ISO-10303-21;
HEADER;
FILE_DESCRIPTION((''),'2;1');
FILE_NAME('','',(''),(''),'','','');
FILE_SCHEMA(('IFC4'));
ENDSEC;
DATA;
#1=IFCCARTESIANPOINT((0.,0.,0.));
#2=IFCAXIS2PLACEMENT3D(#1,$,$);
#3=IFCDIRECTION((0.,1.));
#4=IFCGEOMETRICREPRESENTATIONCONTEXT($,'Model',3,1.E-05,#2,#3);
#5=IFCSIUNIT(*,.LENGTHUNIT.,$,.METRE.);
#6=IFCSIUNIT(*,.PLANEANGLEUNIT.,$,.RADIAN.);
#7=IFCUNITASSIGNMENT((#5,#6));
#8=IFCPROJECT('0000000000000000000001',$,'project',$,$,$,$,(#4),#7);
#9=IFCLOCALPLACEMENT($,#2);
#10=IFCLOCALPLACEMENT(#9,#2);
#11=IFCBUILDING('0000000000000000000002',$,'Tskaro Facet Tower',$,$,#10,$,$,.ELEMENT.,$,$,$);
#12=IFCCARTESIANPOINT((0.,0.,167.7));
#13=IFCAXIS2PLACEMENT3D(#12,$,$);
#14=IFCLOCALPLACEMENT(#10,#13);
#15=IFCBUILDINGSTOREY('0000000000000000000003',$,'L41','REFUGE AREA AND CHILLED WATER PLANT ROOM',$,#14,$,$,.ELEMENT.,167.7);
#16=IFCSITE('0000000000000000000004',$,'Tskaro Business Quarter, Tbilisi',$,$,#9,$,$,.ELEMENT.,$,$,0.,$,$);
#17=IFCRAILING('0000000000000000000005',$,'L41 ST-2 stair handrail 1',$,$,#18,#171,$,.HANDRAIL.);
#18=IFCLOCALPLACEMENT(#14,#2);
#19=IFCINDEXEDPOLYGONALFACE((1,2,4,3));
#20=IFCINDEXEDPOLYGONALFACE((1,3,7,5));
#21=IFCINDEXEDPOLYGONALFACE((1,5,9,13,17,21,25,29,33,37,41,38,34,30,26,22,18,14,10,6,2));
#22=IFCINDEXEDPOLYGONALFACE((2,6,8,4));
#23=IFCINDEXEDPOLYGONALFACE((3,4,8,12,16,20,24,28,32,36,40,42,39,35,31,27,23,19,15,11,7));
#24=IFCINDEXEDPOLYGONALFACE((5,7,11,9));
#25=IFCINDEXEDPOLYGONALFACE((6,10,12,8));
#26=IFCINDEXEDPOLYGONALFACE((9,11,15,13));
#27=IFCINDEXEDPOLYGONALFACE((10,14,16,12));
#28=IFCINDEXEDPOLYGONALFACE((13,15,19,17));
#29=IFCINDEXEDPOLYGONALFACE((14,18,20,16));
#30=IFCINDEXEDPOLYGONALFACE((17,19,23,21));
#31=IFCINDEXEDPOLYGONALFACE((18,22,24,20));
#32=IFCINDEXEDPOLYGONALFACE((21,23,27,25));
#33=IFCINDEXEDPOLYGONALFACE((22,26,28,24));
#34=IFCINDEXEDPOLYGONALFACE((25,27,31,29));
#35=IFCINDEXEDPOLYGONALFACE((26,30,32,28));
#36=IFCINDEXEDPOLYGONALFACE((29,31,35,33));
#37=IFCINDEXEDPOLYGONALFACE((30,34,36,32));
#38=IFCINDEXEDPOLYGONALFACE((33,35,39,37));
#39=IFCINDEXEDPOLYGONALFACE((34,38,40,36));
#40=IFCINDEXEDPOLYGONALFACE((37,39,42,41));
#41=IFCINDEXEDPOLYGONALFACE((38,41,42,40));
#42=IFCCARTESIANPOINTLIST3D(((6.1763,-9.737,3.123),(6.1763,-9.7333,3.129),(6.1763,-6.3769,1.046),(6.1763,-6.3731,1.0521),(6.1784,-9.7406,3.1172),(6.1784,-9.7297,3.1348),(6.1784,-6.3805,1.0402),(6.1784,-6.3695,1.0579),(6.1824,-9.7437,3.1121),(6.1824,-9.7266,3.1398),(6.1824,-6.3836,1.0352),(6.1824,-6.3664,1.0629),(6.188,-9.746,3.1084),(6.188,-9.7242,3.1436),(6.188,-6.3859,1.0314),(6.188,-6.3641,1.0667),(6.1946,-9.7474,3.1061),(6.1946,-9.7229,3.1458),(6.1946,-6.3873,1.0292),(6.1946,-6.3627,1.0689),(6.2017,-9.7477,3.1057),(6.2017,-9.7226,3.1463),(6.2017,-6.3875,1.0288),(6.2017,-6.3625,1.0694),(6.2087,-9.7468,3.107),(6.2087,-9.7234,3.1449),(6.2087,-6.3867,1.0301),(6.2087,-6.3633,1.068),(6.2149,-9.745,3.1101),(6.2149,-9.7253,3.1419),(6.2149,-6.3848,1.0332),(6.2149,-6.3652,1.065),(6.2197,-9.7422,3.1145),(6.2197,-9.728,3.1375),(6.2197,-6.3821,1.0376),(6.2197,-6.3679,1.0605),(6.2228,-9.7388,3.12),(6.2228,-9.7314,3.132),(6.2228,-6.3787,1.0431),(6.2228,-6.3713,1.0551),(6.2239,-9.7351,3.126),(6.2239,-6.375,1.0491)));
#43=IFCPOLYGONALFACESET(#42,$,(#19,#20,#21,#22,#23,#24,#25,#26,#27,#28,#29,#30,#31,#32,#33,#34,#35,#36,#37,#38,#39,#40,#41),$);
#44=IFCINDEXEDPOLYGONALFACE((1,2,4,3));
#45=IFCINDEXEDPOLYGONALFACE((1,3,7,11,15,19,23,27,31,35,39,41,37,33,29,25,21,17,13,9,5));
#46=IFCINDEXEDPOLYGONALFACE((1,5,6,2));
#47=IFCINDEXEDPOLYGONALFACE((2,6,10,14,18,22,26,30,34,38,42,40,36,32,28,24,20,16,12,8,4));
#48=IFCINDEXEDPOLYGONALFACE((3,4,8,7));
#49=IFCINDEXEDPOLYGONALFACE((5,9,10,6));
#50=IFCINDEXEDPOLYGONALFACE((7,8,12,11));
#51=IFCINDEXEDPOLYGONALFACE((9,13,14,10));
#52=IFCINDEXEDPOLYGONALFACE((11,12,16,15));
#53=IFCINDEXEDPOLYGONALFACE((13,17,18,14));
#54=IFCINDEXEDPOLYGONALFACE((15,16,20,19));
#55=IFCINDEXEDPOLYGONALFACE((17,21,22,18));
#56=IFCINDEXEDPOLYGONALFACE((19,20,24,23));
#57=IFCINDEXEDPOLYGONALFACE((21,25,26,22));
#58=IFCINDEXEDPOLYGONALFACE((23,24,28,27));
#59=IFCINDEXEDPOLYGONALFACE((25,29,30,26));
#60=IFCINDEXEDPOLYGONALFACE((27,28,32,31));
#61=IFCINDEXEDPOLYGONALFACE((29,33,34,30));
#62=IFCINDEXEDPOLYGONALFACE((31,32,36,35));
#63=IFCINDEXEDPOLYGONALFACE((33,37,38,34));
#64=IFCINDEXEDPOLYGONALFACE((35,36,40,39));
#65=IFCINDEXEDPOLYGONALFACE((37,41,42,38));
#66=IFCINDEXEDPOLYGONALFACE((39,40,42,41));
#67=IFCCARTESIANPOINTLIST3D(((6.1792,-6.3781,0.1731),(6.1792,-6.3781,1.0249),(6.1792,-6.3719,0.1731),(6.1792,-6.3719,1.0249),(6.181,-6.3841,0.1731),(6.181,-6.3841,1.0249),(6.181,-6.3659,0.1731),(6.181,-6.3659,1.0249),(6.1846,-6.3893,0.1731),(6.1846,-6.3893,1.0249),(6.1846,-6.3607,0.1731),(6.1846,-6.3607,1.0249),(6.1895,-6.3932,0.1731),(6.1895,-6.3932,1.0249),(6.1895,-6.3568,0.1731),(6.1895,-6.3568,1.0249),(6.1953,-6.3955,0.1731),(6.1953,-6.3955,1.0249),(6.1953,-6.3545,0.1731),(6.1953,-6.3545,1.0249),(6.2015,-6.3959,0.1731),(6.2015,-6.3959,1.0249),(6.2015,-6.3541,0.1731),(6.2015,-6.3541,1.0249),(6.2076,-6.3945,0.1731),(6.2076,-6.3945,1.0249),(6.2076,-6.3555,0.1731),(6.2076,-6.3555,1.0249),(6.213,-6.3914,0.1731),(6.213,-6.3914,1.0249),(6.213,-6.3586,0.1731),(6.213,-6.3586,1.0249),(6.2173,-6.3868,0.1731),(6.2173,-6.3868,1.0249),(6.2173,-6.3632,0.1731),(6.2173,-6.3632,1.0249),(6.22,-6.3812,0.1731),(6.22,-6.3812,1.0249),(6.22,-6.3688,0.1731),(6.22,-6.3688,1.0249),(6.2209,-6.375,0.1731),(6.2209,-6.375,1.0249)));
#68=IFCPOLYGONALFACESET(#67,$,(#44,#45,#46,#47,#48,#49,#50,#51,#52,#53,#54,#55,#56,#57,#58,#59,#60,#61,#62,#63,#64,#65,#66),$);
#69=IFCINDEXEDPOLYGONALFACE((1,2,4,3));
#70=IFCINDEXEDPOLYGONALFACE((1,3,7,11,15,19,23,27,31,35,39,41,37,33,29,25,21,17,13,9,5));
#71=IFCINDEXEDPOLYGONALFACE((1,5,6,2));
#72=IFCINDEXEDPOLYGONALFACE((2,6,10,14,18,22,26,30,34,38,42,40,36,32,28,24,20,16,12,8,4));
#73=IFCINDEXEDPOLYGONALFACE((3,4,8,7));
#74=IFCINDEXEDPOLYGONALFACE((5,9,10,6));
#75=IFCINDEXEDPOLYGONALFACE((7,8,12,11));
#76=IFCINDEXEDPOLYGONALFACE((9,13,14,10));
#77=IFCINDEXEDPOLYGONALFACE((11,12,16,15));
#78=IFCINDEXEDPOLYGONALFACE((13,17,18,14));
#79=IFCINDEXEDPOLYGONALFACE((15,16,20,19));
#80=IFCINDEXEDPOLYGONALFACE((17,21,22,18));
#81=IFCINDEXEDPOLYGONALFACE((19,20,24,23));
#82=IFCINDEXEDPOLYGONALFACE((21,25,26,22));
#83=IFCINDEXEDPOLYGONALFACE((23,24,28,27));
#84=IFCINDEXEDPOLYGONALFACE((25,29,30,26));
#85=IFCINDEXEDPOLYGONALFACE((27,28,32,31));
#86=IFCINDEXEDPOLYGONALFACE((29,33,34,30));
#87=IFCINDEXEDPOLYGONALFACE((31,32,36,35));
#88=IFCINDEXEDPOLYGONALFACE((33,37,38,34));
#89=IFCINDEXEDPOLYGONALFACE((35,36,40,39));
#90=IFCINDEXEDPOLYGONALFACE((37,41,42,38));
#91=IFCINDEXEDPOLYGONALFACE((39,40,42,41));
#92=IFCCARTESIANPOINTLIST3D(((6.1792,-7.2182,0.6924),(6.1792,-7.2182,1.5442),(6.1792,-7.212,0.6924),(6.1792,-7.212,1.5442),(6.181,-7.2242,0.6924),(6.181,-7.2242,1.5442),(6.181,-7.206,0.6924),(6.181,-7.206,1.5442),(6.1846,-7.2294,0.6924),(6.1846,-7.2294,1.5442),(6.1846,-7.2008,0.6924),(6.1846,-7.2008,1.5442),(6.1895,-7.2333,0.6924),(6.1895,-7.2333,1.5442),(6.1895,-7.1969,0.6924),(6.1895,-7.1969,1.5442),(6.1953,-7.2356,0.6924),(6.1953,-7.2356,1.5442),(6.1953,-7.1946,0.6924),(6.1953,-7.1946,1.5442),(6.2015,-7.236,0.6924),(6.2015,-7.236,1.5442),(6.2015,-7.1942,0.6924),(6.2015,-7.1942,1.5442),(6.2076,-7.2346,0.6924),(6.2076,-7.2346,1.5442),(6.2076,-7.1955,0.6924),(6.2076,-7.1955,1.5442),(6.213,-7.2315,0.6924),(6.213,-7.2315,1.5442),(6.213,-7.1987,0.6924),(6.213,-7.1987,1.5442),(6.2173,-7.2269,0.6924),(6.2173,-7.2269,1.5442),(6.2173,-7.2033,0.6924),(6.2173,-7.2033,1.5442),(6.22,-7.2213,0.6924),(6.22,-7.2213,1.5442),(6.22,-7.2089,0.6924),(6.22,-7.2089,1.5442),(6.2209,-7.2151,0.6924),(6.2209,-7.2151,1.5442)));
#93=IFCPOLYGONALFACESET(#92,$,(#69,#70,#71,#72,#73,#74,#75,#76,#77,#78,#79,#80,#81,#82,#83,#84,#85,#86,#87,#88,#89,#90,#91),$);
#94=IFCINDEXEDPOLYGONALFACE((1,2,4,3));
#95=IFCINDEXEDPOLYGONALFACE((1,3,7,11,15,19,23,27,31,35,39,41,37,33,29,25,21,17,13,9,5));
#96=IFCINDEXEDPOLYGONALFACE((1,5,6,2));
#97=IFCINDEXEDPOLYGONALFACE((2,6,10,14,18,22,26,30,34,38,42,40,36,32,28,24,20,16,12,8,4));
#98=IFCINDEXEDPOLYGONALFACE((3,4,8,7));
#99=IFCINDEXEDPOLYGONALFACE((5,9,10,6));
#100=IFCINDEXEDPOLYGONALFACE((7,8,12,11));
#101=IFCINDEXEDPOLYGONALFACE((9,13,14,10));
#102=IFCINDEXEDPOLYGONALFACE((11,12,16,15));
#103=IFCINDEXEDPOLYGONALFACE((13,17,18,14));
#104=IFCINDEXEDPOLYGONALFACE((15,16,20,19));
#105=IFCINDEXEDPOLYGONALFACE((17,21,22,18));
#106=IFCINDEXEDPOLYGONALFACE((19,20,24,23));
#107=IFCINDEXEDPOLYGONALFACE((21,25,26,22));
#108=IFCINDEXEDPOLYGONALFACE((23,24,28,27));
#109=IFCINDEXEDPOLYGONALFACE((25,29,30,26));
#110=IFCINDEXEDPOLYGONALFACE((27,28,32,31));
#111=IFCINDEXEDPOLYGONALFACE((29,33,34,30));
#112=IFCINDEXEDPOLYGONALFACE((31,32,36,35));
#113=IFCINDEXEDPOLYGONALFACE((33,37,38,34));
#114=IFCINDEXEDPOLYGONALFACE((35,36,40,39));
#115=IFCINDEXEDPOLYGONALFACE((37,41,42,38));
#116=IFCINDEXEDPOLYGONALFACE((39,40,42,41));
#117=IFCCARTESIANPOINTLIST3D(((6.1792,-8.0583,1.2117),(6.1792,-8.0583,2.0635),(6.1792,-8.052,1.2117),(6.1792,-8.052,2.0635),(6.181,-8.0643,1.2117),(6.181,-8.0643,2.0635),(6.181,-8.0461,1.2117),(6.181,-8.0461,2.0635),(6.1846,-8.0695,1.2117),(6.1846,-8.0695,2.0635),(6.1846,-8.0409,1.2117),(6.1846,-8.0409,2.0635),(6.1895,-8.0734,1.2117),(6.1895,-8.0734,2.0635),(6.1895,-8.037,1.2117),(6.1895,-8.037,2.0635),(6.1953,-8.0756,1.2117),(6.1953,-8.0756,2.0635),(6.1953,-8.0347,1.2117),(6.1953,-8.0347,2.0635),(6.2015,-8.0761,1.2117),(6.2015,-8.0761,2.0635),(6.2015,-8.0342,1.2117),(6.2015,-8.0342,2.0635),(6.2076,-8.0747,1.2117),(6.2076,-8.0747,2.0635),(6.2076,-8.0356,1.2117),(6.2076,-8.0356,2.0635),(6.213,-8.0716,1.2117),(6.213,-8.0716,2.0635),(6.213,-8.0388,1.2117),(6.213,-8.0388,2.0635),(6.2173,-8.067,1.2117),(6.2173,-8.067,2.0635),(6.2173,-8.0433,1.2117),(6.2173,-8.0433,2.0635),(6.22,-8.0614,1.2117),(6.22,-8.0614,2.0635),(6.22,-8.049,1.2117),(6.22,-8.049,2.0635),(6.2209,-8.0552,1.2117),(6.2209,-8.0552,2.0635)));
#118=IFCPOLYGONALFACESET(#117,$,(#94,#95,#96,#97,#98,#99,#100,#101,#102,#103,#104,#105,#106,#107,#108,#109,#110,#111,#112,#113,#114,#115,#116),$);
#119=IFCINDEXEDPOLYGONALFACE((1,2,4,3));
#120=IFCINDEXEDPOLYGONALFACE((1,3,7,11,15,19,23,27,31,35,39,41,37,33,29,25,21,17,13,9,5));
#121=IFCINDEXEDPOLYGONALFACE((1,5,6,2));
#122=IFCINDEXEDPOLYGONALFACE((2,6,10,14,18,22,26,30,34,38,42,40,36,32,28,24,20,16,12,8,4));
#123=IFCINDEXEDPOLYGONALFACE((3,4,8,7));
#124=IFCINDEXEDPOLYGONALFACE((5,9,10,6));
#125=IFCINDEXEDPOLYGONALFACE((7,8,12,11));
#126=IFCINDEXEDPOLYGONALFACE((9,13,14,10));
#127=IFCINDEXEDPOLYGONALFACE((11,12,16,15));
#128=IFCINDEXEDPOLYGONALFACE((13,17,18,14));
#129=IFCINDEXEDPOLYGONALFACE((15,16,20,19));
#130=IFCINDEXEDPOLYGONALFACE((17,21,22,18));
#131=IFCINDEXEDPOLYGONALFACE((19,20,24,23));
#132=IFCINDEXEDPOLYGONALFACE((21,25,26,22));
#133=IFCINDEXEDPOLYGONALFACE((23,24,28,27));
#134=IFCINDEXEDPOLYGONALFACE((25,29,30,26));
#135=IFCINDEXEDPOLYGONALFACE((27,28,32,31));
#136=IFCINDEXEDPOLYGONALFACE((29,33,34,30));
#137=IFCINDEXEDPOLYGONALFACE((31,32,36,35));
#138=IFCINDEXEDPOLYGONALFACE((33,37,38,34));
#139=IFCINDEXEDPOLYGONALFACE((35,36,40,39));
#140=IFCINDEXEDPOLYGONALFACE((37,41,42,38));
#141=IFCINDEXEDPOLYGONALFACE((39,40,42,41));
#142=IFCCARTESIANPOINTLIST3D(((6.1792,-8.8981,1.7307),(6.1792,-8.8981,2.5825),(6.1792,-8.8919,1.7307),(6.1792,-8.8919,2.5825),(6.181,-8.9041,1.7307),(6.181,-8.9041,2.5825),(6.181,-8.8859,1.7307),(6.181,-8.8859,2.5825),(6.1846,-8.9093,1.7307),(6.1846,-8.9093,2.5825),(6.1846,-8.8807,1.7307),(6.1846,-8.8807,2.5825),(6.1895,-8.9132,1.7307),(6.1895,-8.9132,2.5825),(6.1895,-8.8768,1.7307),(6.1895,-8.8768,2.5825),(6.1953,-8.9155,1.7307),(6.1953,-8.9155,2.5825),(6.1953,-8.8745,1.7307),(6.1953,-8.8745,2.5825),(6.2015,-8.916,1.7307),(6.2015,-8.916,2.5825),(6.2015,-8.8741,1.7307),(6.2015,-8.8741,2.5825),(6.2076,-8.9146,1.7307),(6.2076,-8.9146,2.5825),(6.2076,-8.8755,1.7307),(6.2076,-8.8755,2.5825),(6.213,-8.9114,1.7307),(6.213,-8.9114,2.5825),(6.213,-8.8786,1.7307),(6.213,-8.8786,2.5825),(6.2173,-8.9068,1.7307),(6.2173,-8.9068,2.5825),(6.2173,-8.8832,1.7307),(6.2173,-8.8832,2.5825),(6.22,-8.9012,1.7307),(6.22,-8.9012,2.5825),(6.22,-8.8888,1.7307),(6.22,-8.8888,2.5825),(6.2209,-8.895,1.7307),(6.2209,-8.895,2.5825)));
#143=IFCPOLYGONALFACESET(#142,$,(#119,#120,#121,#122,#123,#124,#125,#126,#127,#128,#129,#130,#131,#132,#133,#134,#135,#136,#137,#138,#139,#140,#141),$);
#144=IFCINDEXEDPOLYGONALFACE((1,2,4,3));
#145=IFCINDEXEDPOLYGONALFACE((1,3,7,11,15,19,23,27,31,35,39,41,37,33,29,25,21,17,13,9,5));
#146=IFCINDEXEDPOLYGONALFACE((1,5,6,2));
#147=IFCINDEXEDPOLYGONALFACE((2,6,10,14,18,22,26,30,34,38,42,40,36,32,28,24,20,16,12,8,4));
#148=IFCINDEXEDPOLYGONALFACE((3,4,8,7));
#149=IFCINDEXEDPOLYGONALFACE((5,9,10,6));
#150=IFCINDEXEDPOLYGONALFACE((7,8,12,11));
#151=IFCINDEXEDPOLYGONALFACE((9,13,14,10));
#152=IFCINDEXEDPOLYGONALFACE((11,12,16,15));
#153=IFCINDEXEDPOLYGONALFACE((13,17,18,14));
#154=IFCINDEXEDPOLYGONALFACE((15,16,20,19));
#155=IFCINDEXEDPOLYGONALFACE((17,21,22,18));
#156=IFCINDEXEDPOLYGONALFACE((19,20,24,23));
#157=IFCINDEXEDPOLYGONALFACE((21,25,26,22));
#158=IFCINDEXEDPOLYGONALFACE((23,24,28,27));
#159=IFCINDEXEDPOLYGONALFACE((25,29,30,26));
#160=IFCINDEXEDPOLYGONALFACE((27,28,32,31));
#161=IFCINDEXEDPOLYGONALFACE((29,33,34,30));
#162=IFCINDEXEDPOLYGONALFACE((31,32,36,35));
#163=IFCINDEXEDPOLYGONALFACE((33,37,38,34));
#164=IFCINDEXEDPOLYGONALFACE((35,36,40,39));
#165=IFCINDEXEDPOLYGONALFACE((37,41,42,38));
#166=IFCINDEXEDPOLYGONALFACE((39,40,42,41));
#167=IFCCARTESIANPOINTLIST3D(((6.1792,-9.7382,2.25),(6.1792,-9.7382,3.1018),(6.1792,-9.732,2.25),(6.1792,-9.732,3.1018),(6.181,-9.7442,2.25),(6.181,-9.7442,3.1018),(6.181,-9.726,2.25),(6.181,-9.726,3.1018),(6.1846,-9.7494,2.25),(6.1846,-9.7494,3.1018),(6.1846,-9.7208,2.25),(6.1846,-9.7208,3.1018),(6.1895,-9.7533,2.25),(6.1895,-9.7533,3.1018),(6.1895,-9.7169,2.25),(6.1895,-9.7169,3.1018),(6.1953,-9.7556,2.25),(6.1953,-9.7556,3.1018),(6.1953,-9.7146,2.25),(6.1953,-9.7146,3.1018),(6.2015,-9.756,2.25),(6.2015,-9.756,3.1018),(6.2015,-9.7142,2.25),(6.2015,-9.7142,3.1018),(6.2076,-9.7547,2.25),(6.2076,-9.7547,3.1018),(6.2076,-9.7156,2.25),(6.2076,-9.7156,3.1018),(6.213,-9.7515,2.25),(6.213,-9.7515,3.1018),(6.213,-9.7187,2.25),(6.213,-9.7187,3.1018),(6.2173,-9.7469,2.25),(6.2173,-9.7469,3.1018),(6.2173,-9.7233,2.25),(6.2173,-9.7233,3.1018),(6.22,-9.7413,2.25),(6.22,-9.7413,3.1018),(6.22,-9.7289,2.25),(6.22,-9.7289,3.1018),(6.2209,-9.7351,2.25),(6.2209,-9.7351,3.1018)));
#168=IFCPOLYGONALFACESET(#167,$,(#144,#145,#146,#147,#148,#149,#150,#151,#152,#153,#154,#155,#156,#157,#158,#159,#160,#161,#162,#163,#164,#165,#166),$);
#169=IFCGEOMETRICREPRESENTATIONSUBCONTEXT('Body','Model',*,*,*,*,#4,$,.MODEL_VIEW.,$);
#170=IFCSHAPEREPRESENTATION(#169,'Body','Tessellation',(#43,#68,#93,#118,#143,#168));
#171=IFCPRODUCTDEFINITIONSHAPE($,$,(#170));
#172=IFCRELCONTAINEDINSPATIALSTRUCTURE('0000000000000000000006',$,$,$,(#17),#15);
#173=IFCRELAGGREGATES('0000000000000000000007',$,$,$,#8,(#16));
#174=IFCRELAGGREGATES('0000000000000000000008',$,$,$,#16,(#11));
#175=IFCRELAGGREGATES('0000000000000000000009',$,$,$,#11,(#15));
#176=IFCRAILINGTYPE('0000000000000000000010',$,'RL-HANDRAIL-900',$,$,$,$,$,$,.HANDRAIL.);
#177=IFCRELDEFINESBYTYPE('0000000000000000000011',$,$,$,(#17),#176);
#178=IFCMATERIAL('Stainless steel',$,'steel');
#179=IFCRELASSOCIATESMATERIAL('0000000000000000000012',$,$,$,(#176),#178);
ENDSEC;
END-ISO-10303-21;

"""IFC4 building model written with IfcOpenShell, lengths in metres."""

from ifc_helpers import new_model, si_unit, direction, frame, origin, origin_2d, place, context, subcontext, project, spatial, circle, extrude, material, type_object, element, save


model = new_model("IFC4")

# Units and contexts
model_context = context("Model", 3, precision=1e-05, world=origin(), true_north=direction((0.0, 1.0)))
body_context = subcontext(model_context, "Body", "Model", "MODEL_VIEW")
ifc_project = project(units=[si_unit("LENGTHUNIT", "METRE"), si_unit("PLANEANGLEUNIT", "RADIAN")], contexts=[model_context])

# Site, building, storey
site_placement = place(None, origin())
site = spatial("IfcSite", under=ifc_project, at=site_placement, Name="Tskaro Business Quarter, Tbilisi", CompositionType="ELEMENT", RefElevation=0.0)
building_placement = place(site_placement, origin())
building = spatial("IfcBuilding", under=site, at=building_placement, Name="Tskaro Facet Tower", CompositionType="ELEMENT")
storey_placement = place(building_placement, frame((0.0, 0.0, 167.7)))
storey = spatial("IfcBuildingStorey", under=building, at=storey_placement, Name="L41", Description="REFUGE AREA AND CHILLED WATER PLANT ROOM", CompositionType="ELEMENT", Elevation=167.7)

# Railing
ifc_material_1 = material(Name="Stainless steel", Category="steel")
railing_type_1 = type_object("IfcRailingType", Name="RL-HANDRAIL-900", PredefinedType="HANDRAIL", material=ifc_material_1)
railing_1_placement = place(storey_placement, frame((6.2, -6.375, 0.1731)))
element("IfcRailing", 1, at=railing_1_placement, inside=storey, type_object=railing_type_1, Name="L41 ST-2 stair handrail 1", PredefinedType="HANDRAIL", context=body_context, shape_type="SweptSolid", body=[
    extrude(circle(Radius=0.0239, at=origin_2d()), frame((0.0, 0.0, 0.876), z_axis=(0.0, -0.850623, 0.525776), x_axis=(1.0, 0.0, 0.0)), (0.0, 0.0, 1.0), 3.9502),
    extrude(circle(Radius=0.021, at=origin_2d()), origin(), (0.0, 0.0, 1.0), 0.8518),
    extrude(circle(Radius=0.021, at=origin_2d()), frame((0.0, -0.8401, 0.5193)), (0.0, 0.0, 1.0), 0.8518),
    extrude(circle(Radius=0.021, at=origin_2d()), frame((0.0, -1.6802, 1.0386)), (0.0, 0.0, 1.0), 0.8518),
    extrude(circle(Radius=0.021, at=origin_2d()), frame((0.0, -2.52, 1.5576)), (0.0, 0.0, 1.0), 0.8518),
    extrude(circle(Radius=0.021, at=origin_2d()), frame((0.0, -3.3601, 2.0769)), (0.0, 0.0, 1.0), 0.8518),
])

save(model, "model.ifc")
